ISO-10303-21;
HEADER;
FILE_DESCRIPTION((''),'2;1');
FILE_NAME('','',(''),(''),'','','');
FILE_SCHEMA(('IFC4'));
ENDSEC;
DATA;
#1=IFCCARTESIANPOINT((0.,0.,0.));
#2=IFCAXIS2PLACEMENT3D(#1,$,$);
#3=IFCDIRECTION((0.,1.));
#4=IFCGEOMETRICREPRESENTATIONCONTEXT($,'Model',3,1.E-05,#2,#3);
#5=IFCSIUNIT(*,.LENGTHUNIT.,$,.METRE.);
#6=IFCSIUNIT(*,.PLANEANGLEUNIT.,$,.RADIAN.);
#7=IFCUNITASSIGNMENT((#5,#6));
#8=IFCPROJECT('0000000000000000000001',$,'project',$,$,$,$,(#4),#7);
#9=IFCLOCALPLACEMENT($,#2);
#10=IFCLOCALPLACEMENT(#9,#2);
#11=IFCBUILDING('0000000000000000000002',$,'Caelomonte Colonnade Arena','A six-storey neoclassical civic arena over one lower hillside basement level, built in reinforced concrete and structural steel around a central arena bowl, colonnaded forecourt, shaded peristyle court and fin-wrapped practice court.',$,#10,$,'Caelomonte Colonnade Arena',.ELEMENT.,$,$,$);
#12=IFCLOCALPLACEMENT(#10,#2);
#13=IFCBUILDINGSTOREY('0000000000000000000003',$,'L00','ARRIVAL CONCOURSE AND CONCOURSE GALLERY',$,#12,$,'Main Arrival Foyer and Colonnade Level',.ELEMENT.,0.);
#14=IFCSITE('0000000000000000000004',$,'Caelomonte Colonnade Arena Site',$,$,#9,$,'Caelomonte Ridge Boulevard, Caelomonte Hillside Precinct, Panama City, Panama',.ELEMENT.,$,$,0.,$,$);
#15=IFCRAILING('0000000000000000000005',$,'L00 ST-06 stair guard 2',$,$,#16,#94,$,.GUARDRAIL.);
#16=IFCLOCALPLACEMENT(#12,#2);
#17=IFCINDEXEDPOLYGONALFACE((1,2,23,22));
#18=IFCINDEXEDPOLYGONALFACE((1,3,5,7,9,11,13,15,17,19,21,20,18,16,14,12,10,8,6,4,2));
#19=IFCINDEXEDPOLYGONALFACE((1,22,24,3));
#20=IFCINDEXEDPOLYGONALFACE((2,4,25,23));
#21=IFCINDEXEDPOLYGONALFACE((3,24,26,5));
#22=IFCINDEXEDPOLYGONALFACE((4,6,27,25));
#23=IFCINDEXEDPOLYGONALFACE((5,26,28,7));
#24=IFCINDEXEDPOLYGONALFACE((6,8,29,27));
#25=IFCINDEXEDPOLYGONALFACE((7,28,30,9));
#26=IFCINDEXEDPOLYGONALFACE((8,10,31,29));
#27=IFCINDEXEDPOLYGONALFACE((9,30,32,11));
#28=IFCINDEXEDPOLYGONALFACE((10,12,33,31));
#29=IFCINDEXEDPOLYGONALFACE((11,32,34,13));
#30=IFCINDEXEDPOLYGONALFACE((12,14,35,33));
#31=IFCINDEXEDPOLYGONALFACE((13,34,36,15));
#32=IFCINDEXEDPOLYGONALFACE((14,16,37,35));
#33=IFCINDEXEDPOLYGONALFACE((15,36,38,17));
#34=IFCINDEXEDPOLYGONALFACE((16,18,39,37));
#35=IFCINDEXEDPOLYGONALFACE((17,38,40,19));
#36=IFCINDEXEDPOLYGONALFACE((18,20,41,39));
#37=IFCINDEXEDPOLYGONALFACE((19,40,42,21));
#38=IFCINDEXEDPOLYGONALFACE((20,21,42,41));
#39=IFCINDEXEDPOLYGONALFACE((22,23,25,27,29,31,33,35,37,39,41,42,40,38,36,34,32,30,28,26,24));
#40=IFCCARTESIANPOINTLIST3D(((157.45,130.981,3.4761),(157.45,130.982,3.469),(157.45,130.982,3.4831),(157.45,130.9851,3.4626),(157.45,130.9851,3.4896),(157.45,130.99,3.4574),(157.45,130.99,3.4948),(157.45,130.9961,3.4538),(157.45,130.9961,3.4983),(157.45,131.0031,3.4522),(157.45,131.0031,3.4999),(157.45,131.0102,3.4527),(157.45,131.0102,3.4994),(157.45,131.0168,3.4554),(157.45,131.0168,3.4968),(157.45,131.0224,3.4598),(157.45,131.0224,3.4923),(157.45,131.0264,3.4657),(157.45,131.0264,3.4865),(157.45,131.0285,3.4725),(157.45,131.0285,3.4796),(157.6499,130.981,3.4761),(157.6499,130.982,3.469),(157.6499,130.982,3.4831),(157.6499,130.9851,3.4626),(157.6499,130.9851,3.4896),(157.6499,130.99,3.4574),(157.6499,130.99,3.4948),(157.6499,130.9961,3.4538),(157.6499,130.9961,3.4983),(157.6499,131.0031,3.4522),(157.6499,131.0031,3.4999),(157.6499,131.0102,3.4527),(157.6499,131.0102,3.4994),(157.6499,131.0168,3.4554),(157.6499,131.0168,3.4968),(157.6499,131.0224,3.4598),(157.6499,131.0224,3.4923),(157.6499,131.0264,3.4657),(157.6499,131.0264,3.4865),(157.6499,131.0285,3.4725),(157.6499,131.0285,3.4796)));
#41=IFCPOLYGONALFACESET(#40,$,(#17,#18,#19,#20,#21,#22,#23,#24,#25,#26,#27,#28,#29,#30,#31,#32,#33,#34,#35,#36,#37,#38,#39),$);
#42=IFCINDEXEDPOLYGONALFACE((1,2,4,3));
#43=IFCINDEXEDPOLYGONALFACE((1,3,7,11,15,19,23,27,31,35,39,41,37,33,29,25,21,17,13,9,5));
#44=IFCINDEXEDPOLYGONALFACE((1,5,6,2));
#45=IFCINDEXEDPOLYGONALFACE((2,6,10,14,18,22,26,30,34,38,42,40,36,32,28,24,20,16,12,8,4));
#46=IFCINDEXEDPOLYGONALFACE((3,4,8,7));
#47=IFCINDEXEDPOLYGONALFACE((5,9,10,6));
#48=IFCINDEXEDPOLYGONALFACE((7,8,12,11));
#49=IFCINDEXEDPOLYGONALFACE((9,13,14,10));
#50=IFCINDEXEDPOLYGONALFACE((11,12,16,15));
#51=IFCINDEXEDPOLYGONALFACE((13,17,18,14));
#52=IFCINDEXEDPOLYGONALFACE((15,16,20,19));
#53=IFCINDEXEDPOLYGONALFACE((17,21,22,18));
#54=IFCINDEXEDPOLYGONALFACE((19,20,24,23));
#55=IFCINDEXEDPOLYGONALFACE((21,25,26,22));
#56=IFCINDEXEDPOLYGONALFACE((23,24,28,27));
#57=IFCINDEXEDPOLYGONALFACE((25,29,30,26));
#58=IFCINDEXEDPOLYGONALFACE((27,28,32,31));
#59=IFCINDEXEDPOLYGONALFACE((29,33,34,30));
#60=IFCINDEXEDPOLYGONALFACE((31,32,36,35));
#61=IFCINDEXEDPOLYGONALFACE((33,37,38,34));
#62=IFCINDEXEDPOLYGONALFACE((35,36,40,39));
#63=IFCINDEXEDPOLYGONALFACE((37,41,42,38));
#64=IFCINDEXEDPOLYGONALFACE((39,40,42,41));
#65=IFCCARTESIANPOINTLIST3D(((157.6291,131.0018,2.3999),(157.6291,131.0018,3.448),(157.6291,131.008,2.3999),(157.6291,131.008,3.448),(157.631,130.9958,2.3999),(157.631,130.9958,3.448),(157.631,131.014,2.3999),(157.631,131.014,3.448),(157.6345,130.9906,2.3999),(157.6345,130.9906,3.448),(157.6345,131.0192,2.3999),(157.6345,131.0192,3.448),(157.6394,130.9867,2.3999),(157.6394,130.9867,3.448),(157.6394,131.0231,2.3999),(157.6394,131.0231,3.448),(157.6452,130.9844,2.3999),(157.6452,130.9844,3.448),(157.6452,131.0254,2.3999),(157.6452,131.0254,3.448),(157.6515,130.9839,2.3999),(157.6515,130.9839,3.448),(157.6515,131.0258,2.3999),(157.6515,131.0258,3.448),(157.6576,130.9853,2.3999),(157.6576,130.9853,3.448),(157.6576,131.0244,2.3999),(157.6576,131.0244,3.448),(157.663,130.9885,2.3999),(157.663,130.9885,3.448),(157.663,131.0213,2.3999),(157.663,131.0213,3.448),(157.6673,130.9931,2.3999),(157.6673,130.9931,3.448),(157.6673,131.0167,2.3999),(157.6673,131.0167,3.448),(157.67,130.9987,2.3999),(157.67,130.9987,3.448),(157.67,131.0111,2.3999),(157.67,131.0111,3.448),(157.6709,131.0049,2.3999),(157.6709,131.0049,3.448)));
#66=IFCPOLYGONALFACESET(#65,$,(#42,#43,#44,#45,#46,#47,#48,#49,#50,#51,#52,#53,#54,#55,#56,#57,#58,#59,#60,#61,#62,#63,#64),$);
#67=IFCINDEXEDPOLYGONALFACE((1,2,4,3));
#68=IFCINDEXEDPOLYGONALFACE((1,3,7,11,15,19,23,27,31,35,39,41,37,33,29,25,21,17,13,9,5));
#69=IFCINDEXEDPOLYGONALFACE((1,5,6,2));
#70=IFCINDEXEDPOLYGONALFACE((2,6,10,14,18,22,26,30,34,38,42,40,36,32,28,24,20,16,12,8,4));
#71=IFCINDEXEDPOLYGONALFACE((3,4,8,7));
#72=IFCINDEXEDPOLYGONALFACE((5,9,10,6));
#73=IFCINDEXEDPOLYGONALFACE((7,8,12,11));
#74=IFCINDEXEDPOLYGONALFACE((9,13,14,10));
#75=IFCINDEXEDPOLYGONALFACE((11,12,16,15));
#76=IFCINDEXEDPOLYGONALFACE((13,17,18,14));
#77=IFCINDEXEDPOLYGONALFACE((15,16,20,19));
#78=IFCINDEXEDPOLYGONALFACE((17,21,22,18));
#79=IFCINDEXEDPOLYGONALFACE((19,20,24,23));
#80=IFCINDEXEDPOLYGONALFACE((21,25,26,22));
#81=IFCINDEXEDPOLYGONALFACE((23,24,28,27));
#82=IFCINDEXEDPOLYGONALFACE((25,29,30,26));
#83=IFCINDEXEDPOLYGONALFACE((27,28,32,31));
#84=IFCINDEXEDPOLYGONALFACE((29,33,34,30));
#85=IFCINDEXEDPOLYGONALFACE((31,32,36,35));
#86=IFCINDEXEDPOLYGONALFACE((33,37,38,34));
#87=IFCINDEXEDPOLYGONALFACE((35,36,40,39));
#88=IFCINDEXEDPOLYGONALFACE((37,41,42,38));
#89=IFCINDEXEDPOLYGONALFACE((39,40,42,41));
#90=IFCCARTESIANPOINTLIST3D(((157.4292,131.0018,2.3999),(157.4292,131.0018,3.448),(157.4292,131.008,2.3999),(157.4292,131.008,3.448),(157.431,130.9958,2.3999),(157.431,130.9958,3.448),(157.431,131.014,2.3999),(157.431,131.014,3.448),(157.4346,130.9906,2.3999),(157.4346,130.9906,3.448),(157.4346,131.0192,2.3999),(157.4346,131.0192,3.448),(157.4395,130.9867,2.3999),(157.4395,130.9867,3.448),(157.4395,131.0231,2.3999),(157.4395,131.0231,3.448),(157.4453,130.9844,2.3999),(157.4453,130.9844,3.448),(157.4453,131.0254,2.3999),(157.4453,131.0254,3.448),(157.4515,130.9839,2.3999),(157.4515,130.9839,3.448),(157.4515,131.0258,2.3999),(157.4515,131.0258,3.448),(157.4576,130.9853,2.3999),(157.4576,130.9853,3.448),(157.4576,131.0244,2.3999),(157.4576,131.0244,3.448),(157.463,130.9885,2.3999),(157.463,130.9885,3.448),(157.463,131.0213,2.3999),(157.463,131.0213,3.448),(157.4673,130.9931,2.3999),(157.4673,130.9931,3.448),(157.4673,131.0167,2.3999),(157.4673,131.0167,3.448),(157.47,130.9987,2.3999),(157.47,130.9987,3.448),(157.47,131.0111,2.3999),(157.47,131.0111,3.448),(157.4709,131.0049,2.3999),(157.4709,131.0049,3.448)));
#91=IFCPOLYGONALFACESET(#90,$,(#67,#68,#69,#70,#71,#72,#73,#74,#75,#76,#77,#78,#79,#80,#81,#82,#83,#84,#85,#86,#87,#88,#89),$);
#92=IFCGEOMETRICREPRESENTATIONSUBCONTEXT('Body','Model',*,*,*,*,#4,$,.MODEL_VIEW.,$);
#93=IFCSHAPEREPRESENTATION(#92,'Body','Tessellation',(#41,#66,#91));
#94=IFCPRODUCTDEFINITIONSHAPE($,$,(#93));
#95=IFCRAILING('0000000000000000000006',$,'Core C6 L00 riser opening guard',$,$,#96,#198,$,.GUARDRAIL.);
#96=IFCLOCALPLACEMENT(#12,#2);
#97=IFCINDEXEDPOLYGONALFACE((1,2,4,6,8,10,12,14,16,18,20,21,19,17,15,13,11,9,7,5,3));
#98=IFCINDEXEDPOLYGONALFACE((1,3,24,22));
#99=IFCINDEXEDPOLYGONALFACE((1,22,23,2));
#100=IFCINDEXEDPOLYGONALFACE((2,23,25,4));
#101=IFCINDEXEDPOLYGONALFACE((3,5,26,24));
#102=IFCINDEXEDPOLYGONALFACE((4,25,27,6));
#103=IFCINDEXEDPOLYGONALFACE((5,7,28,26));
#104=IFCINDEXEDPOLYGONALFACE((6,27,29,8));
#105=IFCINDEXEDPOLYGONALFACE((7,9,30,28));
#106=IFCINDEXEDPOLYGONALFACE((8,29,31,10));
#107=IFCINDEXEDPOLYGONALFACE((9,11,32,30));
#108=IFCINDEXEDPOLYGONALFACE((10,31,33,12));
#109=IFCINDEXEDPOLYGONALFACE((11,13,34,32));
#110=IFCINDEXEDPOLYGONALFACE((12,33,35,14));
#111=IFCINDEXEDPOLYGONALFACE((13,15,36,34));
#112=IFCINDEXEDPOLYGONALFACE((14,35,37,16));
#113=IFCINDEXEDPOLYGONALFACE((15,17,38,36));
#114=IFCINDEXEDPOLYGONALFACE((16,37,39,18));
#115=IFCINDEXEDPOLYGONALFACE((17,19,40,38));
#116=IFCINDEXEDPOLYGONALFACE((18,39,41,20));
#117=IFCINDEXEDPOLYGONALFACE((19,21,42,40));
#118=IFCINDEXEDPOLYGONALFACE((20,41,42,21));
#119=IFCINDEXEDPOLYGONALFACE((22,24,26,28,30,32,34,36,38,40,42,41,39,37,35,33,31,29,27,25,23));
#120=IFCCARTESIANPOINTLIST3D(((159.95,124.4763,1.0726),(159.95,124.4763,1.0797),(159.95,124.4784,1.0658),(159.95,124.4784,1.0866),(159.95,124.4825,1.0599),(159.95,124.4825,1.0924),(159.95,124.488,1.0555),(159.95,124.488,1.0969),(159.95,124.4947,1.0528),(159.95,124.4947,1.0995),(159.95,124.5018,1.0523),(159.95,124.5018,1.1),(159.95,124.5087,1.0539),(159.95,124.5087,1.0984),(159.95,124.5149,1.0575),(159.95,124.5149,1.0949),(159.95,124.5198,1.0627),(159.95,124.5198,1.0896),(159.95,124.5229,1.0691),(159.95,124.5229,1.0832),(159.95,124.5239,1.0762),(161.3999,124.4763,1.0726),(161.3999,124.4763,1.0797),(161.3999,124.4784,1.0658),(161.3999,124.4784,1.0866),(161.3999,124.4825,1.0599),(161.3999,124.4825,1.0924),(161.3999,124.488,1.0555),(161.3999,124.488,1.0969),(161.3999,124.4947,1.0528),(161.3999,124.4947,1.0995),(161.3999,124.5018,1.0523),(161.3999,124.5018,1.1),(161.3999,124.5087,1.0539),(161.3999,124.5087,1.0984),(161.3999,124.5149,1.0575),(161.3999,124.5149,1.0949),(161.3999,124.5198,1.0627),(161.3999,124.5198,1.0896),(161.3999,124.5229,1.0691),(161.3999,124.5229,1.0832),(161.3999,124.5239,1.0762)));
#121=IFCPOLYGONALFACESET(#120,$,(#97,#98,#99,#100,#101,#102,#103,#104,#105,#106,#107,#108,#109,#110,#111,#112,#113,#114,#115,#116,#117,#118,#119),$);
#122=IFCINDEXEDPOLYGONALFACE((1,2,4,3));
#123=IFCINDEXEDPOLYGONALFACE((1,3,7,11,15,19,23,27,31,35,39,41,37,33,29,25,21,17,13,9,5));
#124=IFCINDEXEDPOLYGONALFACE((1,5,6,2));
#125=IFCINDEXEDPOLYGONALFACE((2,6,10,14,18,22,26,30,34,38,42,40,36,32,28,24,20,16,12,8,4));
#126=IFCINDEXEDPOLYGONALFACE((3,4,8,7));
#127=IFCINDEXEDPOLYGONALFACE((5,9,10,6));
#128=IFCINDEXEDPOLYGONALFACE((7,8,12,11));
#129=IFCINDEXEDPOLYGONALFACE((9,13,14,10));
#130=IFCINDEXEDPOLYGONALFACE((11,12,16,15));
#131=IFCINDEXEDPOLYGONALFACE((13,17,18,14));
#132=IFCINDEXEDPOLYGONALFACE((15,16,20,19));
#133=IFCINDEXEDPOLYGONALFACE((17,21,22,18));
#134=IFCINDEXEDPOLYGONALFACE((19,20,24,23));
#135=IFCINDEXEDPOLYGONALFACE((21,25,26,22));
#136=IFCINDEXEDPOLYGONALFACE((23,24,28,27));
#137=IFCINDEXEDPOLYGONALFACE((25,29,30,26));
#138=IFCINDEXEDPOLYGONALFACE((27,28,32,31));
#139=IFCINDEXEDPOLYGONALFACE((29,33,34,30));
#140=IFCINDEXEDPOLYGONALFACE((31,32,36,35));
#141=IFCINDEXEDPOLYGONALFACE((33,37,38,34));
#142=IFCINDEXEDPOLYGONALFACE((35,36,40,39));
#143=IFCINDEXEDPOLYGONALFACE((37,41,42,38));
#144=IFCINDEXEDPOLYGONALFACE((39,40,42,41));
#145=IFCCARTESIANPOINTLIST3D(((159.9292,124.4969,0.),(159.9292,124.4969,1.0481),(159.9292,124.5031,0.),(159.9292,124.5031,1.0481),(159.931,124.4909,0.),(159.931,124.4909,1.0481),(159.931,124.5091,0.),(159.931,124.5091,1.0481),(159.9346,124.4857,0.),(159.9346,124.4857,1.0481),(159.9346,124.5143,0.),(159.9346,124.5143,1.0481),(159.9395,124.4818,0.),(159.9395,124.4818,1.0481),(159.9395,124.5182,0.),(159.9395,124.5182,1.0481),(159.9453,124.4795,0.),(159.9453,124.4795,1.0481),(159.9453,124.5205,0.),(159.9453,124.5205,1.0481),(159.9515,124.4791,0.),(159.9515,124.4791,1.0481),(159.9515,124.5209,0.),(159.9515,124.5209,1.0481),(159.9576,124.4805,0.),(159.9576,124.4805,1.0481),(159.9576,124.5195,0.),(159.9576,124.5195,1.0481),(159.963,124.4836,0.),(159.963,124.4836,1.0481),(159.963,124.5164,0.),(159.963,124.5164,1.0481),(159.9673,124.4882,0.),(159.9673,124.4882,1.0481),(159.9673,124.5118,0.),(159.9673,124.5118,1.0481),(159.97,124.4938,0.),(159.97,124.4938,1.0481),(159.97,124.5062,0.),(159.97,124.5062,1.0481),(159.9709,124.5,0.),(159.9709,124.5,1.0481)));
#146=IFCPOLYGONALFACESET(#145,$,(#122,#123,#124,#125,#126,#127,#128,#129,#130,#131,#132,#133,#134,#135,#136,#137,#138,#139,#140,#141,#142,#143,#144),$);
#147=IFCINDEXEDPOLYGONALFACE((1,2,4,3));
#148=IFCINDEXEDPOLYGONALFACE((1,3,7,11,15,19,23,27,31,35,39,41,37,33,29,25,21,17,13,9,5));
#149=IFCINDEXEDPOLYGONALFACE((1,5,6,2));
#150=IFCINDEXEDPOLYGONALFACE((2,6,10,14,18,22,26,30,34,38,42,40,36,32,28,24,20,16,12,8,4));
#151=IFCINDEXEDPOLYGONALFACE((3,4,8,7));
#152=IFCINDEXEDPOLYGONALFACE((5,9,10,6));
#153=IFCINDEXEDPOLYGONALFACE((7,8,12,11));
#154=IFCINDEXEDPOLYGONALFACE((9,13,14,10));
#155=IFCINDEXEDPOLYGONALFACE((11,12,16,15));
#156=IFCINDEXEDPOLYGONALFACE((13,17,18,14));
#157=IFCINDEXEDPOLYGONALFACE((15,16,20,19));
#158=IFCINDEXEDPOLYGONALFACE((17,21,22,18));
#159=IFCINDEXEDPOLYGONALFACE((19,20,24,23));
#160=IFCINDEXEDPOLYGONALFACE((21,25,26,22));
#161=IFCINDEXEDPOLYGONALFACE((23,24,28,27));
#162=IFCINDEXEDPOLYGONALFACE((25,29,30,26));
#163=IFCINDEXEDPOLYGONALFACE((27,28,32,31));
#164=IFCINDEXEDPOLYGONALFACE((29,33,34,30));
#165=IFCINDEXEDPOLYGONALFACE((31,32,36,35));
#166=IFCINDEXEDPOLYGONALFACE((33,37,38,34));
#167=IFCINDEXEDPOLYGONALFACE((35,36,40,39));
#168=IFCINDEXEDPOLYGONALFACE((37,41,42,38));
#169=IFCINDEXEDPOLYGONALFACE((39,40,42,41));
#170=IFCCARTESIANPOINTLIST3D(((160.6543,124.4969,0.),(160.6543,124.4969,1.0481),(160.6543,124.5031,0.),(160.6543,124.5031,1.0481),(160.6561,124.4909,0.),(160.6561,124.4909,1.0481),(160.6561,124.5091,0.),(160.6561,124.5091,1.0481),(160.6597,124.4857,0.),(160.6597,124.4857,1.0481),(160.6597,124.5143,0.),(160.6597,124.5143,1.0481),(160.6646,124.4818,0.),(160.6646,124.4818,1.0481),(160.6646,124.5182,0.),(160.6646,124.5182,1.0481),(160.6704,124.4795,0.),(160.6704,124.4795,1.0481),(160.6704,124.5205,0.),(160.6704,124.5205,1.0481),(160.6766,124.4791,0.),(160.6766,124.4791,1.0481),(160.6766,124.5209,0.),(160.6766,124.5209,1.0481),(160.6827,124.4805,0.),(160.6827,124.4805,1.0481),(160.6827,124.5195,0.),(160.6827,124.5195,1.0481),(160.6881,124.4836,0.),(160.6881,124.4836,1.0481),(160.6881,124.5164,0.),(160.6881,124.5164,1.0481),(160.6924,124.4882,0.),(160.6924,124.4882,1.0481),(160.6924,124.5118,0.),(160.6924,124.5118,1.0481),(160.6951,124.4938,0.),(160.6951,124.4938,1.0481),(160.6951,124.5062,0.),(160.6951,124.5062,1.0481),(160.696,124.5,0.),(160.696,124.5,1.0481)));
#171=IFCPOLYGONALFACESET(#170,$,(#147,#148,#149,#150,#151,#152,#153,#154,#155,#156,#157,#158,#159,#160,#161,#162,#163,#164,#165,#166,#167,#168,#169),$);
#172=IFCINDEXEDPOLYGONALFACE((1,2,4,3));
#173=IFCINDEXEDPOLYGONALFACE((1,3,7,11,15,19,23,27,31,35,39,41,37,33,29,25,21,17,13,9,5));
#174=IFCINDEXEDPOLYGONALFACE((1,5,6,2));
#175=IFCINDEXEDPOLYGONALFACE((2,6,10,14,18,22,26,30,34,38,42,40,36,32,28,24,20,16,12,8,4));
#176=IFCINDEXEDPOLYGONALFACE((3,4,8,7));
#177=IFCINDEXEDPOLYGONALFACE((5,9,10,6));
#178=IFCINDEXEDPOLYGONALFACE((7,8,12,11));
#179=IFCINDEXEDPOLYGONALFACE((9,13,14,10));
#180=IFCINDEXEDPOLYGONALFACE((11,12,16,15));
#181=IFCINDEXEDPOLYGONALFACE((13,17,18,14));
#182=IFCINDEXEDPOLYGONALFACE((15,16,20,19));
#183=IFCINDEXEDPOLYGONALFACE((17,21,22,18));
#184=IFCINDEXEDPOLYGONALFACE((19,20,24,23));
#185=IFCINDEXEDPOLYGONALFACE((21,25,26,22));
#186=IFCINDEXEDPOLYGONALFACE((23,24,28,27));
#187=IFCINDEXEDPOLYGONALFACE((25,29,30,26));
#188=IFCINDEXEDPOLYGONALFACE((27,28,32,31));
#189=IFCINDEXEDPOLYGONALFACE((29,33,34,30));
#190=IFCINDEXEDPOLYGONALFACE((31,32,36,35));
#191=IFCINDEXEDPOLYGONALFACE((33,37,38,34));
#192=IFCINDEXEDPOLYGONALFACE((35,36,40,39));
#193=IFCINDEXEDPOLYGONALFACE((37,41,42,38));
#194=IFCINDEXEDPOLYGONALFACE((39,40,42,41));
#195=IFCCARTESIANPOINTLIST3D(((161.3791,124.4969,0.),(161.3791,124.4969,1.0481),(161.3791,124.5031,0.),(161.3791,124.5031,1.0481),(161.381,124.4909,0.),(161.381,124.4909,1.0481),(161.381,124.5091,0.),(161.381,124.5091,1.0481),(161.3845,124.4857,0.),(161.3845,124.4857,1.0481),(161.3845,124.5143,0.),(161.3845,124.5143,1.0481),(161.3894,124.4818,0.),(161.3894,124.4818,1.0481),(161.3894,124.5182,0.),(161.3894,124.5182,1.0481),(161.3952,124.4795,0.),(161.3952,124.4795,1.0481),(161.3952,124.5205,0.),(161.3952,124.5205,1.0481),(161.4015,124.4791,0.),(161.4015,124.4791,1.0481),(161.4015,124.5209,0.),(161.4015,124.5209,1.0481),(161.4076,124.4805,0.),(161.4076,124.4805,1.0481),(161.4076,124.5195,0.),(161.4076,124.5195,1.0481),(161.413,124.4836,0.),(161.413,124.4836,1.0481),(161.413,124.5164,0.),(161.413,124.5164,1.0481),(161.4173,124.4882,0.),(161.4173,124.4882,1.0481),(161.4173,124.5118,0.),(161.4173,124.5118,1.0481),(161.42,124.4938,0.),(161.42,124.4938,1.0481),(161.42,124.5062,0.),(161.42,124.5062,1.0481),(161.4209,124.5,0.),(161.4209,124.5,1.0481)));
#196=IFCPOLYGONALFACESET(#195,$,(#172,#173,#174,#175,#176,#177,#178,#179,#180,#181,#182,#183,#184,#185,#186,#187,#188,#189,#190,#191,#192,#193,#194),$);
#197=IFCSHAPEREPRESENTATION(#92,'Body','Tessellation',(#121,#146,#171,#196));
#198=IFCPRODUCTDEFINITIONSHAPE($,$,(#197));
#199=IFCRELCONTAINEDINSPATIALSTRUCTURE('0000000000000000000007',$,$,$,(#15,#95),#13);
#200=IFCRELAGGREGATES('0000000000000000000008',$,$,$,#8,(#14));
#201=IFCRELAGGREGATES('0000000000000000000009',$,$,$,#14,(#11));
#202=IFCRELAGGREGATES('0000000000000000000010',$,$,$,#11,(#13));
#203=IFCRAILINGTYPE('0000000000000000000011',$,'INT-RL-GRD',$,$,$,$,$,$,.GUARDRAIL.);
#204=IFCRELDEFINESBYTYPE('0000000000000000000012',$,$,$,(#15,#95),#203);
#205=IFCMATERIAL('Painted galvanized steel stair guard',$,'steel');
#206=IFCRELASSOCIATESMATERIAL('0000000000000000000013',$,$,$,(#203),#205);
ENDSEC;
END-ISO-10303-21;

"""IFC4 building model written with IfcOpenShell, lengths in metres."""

from ifc_helpers import new_model, si_unit, direction, frame, origin, origin_2d, place, context, subcontext, project, spatial, circle, extrude, material, type_object, element, save


model = new_model("IFC4")

# Units and contexts
model_context = context("Model", 3, precision=1e-05, world=origin(), true_north=direction((0.0, 1.0)))
body_context = subcontext(model_context, "Body", "Model", "MODEL_VIEW")
ifc_project = project(units=[si_unit("LENGTHUNIT", "METRE"), si_unit("PLANEANGLEUNIT", "RADIAN")], contexts=[model_context])

# Site, building, storey
site_placement = place(None, origin())
site = spatial("IfcSite", under=ifc_project, at=site_placement, Name="Caelomonte Colonnade Arena Site", LongName="Caelomonte Ridge Boulevard, Caelomonte Hillside Precinct, Panama City, Panama", CompositionType="ELEMENT", RefElevation=0.0)
building_placement = place(site_placement, origin())
building = spatial("IfcBuilding", under=site, at=building_placement, Name="Caelomonte Colonnade Arena", Description="A six-storey neoclassical civic arena over one lower hillside basement level, built in reinforced concrete and structural steel around a central arena bowl, colonnaded forecourt, shaded peristyle court and fin-wrapped practice court.", LongName="Caelomonte Colonnade Arena", CompositionType="ELEMENT")
storey_placement = place(building_placement, origin())
storey = spatial("IfcBuildingStorey", under=building, at=storey_placement, Name="L00", Description="ARRIVAL CONCOURSE AND CONCOURSE GALLERY", LongName="Main Arrival Foyer and Colonnade Level", CompositionType="ELEMENT", Elevation=0.0)

# Railings
ifc_material_1 = material(Name="Painted galvanized steel stair guard", Category="steel")
railing_type_1 = type_object("IfcRailingType", Name="INT-RL-GRD", PredefinedType="GUARDRAIL", material=ifc_material_1)
railing_1_placement = place(storey_placement, frame((157.6499, 131.0049, 2.3999)))
element("IfcRailing", 1, at=railing_1_placement, inside=storey, type_object=railing_type_1, Name="L00 ST-06 stair guard 2", PredefinedType="GUARDRAIL", context=body_context, shape_type="SweptSolid", body=[
    extrude(circle(Radius=0.0239, at=origin_2d()), frame((0.0, 0.0, 1.0762), z_axis=(-1.0, 0.0, 0.0), x_axis=(0.0, -1.0, 0.0)), (0.0, 0.0, 1.0), 0.2),
    extrude(circle(Radius=0.021, at=origin_2d()), origin(), (0.0, 0.0, 1.0), 1.0481),
    extrude(circle(Radius=0.021, at=origin_2d()), frame((-0.2, 0.0, 0.0)), (0.0, 0.0, 1.0), 1.0481),
])
railing_2_placement = place(storey_placement, frame((159.95, 124.5, 0.0)))
element("IfcRailing", 2, at=railing_2_placement, inside=storey, type_object=railing_type_1, Name="Core C6 L00 riser opening guard", PredefinedType="GUARDRAIL", context=body_context, shape_type="SweptSolid", body=[
    extrude(circle(Radius=0.0239, at=origin_2d()), frame((0.0, 0.0, 1.0762), z_axis=(1.0, 0.0, 0.0), x_axis=(0.0, 1.0, 0.0)), (0.0, 0.0, 1.0), 1.45),
    extrude(circle(Radius=0.021, at=origin_2d()), origin(), (0.0, 0.0, 1.0), 1.0481),
    extrude(circle(Radius=0.021, at=origin_2d()), frame((0.7251, 0.0, 0.0)), (0.0, 0.0, 1.0), 1.0481),
    extrude(circle(Radius=0.021, at=origin_2d()), frame((1.45, 0.0, 0.0)), (0.0, 0.0, 1.0), 1.0481),
])

save(model, "model.ifc")
